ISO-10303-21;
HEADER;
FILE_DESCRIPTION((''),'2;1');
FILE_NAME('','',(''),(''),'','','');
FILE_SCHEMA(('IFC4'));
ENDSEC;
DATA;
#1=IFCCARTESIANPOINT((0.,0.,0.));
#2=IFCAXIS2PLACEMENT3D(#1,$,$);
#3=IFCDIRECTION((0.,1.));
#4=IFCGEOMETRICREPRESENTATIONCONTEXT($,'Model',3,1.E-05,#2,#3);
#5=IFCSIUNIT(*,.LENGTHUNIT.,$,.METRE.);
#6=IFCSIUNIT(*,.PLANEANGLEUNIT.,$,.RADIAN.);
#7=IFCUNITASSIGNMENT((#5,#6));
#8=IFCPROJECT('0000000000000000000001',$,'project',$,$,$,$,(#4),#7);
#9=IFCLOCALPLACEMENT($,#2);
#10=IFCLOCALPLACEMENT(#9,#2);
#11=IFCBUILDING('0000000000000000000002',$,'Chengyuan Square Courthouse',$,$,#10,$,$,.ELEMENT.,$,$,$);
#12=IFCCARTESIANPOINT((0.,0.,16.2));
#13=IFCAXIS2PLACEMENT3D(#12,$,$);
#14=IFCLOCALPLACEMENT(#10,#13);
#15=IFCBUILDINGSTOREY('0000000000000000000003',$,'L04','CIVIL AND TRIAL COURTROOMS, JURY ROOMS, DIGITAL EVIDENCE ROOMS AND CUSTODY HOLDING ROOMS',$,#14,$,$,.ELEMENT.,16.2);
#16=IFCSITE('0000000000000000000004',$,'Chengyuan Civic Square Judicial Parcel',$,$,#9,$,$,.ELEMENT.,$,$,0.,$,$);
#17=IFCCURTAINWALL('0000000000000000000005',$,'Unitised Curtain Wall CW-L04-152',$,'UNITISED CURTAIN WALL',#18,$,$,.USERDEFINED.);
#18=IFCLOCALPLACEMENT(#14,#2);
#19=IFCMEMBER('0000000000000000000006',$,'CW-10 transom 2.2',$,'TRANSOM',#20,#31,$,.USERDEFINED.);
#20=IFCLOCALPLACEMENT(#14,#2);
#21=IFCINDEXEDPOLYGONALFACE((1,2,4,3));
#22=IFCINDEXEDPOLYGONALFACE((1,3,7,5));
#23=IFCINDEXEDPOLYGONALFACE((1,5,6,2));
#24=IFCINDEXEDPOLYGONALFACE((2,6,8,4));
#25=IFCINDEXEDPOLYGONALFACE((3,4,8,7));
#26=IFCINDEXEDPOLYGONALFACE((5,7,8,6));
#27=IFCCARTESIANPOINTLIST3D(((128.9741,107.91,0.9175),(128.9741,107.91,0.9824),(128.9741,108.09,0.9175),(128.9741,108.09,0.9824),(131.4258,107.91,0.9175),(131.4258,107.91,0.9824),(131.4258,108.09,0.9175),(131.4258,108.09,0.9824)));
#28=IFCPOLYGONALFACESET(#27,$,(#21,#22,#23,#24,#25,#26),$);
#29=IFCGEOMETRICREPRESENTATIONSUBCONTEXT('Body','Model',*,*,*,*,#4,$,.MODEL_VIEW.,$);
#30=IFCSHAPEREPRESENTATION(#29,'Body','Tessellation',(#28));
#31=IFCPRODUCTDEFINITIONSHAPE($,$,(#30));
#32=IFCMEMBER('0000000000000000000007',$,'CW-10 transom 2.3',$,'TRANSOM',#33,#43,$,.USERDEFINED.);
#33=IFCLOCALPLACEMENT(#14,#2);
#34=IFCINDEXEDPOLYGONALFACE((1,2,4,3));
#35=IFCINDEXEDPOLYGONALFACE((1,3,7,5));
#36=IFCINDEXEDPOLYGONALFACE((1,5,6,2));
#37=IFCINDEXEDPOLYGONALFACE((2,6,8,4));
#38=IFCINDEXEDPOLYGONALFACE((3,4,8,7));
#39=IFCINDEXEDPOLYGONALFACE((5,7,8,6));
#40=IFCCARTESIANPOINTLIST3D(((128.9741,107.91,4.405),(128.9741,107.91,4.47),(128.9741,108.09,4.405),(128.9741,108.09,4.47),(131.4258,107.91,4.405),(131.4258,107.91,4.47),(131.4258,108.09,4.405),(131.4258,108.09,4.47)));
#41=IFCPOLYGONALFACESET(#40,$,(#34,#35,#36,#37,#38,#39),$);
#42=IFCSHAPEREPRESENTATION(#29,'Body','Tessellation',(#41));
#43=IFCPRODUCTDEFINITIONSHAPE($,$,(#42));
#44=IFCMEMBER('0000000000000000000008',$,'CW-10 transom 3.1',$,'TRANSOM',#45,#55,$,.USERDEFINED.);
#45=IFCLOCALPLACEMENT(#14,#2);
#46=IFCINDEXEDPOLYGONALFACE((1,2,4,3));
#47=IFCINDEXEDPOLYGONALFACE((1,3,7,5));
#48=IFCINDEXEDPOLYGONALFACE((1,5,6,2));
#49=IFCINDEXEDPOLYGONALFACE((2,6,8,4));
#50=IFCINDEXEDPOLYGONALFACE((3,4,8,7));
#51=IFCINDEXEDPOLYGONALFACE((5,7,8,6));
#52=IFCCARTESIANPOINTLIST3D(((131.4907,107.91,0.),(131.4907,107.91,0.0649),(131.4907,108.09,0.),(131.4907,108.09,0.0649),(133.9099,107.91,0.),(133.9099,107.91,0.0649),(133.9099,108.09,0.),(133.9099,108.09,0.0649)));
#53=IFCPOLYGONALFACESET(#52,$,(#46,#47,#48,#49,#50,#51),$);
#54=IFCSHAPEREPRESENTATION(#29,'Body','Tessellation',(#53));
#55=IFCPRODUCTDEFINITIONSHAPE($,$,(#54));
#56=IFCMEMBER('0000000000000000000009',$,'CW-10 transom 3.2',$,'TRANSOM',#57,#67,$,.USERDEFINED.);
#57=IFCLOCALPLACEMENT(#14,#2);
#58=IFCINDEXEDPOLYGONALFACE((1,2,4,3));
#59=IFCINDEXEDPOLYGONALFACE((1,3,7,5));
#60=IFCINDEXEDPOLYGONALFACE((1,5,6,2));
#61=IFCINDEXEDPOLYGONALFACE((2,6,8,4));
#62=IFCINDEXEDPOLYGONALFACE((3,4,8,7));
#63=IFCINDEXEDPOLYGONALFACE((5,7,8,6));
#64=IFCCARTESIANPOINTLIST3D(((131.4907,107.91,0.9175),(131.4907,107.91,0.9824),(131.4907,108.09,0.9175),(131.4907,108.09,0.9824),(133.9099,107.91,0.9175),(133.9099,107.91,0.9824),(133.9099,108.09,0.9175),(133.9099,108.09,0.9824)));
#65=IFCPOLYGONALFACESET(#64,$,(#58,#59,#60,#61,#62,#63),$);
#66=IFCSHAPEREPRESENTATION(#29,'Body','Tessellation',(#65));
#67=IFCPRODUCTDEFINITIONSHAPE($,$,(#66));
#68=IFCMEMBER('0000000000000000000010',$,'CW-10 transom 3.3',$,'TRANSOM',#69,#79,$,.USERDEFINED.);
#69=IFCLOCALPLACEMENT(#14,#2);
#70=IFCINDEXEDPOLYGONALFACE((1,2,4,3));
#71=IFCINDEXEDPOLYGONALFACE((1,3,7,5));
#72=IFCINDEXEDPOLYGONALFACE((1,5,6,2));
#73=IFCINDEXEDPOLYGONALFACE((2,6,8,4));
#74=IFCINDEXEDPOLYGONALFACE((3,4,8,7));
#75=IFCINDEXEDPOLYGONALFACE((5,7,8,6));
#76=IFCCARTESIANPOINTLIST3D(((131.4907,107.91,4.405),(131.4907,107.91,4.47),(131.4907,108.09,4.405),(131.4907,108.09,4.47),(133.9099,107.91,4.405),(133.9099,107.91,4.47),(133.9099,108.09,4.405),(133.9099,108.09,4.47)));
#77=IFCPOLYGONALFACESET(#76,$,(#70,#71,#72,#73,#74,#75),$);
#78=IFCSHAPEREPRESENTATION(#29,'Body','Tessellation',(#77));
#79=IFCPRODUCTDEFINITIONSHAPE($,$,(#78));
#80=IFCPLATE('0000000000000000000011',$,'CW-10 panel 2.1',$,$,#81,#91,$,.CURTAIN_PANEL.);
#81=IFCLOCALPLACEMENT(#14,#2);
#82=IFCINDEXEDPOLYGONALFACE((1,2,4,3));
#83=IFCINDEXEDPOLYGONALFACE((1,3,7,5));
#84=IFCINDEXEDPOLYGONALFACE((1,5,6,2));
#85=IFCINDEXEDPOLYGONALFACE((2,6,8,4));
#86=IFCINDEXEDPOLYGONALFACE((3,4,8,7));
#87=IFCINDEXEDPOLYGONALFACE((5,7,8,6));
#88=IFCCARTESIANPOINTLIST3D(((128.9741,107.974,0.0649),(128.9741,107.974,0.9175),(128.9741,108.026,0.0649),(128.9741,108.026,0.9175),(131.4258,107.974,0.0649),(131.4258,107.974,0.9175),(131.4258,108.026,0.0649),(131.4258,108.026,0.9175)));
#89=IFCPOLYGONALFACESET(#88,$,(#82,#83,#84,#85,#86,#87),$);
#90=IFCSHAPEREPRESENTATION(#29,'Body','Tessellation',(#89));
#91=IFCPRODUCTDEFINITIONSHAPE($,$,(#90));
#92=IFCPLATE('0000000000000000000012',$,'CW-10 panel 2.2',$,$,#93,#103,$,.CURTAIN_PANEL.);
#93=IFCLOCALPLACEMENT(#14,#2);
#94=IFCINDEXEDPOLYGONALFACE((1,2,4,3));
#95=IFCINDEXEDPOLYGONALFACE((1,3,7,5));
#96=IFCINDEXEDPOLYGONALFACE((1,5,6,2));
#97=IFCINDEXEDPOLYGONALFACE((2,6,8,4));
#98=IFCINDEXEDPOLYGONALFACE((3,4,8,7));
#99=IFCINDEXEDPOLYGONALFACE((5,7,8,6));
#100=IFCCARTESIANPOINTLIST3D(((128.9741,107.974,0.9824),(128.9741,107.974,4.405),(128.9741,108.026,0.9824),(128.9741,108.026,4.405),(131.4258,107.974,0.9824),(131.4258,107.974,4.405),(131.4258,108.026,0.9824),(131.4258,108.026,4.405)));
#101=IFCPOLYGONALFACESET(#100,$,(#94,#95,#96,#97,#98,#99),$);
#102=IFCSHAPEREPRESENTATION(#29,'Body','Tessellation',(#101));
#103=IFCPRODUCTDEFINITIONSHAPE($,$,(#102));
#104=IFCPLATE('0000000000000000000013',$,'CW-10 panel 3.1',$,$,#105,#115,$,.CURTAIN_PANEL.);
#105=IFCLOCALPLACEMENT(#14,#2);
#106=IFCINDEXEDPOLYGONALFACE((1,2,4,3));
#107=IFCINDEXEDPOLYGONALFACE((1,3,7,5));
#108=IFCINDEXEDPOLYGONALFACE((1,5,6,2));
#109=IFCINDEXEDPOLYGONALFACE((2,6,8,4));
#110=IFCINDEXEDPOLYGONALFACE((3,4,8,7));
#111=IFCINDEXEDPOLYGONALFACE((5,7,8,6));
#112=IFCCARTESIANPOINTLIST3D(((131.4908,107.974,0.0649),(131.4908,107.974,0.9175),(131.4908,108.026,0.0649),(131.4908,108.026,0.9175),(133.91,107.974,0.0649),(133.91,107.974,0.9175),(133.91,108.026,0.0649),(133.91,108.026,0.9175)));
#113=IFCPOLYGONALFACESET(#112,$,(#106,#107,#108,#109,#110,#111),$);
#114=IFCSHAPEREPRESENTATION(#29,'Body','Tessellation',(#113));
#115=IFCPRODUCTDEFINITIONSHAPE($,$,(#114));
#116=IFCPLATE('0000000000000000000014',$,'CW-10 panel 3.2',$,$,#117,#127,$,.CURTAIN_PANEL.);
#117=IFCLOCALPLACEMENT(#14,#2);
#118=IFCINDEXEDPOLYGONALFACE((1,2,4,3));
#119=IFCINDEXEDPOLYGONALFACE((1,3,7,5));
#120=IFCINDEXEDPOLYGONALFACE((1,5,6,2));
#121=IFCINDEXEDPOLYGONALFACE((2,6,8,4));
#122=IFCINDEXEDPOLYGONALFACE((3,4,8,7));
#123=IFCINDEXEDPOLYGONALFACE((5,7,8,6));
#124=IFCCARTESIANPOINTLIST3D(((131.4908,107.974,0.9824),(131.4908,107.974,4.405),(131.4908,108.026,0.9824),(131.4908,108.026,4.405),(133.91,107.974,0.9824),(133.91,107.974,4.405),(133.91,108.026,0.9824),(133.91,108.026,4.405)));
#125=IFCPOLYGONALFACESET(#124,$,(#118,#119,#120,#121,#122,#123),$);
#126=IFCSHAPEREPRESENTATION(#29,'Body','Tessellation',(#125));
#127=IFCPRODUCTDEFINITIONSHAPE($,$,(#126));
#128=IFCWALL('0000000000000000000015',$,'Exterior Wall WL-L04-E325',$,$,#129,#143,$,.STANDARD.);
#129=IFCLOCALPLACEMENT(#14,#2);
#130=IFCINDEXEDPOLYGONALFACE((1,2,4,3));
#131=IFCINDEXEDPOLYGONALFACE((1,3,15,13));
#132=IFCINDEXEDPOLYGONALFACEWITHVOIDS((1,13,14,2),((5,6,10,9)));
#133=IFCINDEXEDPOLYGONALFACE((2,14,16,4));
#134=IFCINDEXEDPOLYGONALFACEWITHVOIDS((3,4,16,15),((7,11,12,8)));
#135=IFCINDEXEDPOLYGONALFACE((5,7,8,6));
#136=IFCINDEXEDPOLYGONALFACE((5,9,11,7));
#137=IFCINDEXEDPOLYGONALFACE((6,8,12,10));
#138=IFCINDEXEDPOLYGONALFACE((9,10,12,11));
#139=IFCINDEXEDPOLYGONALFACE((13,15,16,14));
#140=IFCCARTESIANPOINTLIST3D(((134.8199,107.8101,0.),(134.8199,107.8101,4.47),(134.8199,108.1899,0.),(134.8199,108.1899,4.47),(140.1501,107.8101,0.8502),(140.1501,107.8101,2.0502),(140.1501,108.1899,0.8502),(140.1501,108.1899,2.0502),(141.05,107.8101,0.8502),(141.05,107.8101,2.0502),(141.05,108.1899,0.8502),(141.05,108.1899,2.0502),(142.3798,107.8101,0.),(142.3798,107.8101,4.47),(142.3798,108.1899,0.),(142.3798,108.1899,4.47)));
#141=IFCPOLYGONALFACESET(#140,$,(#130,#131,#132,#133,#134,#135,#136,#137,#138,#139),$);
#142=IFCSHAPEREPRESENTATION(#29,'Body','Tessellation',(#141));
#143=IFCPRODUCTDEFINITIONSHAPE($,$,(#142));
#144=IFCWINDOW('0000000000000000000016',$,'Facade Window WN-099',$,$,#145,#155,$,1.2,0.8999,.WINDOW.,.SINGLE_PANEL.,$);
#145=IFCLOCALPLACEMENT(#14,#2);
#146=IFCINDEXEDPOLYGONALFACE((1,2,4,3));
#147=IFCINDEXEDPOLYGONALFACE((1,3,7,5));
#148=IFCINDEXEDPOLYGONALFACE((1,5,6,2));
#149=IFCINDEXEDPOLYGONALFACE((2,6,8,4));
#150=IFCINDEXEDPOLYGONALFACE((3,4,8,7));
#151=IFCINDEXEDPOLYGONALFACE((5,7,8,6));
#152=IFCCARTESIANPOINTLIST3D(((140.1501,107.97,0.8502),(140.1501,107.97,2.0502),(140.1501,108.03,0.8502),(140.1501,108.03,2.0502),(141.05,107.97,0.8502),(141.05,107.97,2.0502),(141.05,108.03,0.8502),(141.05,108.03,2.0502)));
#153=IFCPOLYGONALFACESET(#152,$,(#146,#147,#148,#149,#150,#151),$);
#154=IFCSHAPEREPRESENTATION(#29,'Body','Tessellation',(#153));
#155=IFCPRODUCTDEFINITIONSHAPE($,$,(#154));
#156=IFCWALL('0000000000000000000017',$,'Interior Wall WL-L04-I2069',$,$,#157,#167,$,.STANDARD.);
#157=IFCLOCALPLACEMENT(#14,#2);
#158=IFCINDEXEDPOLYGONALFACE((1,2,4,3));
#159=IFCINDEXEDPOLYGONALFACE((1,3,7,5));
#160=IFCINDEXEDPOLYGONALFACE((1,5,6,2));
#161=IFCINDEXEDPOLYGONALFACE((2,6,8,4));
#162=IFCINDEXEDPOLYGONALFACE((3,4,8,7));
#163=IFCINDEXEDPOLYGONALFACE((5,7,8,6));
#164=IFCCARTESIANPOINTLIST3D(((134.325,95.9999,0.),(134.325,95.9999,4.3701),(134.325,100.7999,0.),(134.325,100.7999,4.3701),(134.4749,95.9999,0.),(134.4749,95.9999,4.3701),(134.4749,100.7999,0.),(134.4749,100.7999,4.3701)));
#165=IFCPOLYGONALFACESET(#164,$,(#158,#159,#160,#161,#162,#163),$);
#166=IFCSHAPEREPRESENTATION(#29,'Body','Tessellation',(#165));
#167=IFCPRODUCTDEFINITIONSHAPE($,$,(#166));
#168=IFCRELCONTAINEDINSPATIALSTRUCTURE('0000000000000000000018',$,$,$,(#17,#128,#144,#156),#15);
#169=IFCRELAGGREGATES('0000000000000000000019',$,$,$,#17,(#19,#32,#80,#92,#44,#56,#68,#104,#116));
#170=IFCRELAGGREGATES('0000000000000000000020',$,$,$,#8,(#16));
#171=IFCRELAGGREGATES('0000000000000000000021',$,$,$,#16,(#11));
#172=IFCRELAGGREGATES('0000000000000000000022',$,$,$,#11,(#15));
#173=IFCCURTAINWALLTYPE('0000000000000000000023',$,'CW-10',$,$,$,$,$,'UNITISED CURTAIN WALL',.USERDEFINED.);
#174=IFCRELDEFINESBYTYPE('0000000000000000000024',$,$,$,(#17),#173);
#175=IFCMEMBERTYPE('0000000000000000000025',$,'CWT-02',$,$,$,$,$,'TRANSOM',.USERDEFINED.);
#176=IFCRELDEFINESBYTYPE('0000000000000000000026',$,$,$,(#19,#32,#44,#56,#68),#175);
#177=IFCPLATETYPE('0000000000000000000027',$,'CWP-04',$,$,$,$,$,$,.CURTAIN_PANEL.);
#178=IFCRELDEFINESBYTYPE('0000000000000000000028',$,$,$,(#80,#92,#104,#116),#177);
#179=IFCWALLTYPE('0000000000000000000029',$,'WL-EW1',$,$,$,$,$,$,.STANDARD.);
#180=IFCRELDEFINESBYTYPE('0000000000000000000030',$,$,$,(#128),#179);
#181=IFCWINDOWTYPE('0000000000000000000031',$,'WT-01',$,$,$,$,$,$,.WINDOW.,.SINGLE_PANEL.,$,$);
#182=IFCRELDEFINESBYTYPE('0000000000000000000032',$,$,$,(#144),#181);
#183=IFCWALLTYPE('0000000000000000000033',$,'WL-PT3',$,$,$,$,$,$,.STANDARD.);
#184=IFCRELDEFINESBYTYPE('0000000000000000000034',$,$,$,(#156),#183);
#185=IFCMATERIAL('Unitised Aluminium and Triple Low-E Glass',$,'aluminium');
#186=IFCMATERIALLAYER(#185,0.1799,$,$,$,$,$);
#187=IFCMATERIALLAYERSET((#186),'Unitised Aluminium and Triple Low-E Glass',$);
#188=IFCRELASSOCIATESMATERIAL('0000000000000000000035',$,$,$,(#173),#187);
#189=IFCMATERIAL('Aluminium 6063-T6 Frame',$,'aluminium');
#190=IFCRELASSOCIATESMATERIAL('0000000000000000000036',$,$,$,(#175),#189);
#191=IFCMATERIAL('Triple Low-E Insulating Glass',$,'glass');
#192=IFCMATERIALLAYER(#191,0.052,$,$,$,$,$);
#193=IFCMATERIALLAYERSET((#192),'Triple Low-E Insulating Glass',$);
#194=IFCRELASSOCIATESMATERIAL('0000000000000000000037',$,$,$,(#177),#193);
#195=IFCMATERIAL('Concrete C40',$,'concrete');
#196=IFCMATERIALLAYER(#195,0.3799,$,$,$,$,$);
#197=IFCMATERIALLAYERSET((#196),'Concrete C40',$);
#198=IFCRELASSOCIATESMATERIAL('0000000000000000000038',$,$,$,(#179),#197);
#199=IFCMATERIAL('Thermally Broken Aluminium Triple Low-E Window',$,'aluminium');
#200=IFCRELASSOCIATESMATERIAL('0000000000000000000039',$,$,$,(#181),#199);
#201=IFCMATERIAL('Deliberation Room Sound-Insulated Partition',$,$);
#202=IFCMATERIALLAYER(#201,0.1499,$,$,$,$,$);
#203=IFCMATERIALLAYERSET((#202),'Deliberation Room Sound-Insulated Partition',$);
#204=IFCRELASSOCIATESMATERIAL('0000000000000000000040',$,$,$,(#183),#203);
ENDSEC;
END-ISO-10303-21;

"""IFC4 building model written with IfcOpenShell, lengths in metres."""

from ifc_helpers import new_model, si_unit, direction, frame, frame_2d, origin, origin_2d, place, context, subcontext, project, spatial, rectangle, extrude, material, layer, layer_set, material_profile, profile_set, type_object, element, fill, aggregate, save


model = new_model("IFC4")

# Units and contexts
model_context = context("Model", 3, precision=1e-05, world=origin(), true_north=direction((0.0, 1.0)))
body_context = subcontext(model_context, "Body", "Model", "MODEL_VIEW")
ifc_project = project(units=[si_unit("LENGTHUNIT", "METRE"), si_unit("PLANEANGLEUNIT", "RADIAN")], contexts=[model_context])

# Site, building, storey
site_placement = place(None, origin())
site = spatial("IfcSite", under=ifc_project, at=site_placement, Name="Chengyuan Civic Square Judicial Parcel", CompositionType="ELEMENT", RefElevation=0.0)
building_placement = place(site_placement, origin())
building = spatial("IfcBuilding", under=site, at=building_placement, Name="Chengyuan Square Courthouse", CompositionType="ELEMENT")
storey_placement = place(building_placement, frame((0.0, 0.0, 16.2)))
storey = spatial("IfcBuildingStorey", under=building, at=storey_placement, Name="L04", Description="CIVIL AND TRIAL COURTROOMS, JURY ROOMS, DIGITAL EVIDENCE ROOMS AND CUSTODY HOLDING ROOMS", CompositionType="ELEMENT", Elevation=16.2)

# Shared definitions
ifc_material_1 = material(Name="Concrete C40", Category="concrete")

# Curtain wall, members, plates
ifc_material_2 = material(Name="Unitised Aluminium and Triple Low-E Glass", Category="aluminium")
ifc_layer_1 = layer(ifc_material_2, 0.1799)
ifc_layer_set_1 = layer_set([ifc_layer_1], Name="Unitised Aluminium and Triple Low-E Glass")
curtain_wall_type = type_object("IfcCurtainWallType", Name="CW-10", ElementType="UNITISED CURTAIN WALL", PredefinedType="USERDEFINED", material=ifc_layer_set_1)
curtain_wall_placement = place(storey_placement, origin())
curtain_wall = element("IfcCurtainWall", 1, at=curtain_wall_placement, inside=storey, type_object=curtain_wall_type, Name="Unitised Curtain Wall CW-L04-152", ObjectType="UNITISED CURTAIN WALL", PredefinedType="USERDEFINED")
ifc_material_3 = material(Name="Aluminium 6063-T6 Frame", Category="aluminium")
ifc_material_profile_1 = material_profile(ifc_material_3, rectangle(XDim=0.1799, YDim=0.0649, at=origin_2d()), Name="CW-TRN-65x140")
ifc_profile_set_1 = profile_set([ifc_material_profile_1], Name="Aluminium 6063-T6 Frame")
member_type_1 = type_object("IfcMemberType", Name="CWT-02", ElementType="TRANSOM", PredefinedType="USERDEFINED", material=ifc_profile_set_1)
member_1_placement = place(storey_placement, frame((128.9741, 108.0, 0.95), z_axis=(1.0, 0.0, 0.0), x_axis=(0.0, 1.0, 0.0)))
member_1 = element("IfcMember", 2, at=member_1_placement, type_object=member_type_1, Name="CW-10 transom 2.2", ObjectType="TRANSOM", PredefinedType="USERDEFINED", context=body_context, shape_type="SweptSolid", body=[
    extrude(rectangle(XDim=0.1799, YDim=0.0649, at=origin_2d()), origin(), (0.0, 0.0, 1.0), 2.4517),
])
member_2_placement = place(storey_placement, frame((128.9741, 108.0, 4.4375), z_axis=(1.0, 0.0, 0.0), x_axis=(0.0, 1.0, 0.0)))
member_2 = element("IfcMember", 3, at=member_2_placement, type_object=member_type_1, Name="CW-10 transom 2.3", ObjectType="TRANSOM", PredefinedType="USERDEFINED", context=body_context, shape_type="SweptSolid", body=[
    extrude(rectangle(XDim=0.1799, YDim=0.0649, at=origin_2d()), origin(), (0.0, 0.0, 1.0), 2.4517),
])
member_3_placement = place(storey_placement, frame((131.4907, 108.0, 0.0325), z_axis=(1.0, 0.0, 0.0), x_axis=(0.0, 1.0, 0.0)))
member_3 = element("IfcMember", 4, at=member_3_placement, type_object=member_type_1, Name="CW-10 transom 3.1", ObjectType="TRANSOM", PredefinedType="USERDEFINED", context=body_context, shape_type="SweptSolid", body=[
    extrude(rectangle(XDim=0.1799, YDim=0.0649, at=origin_2d()), origin(), (0.0, 0.0, 1.0), 2.4192),
])
member_4_placement = place(storey_placement, frame((131.4907, 108.0, 0.95), z_axis=(1.0, 0.0, 0.0), x_axis=(0.0, 1.0, 0.0)))
member_4 = element("IfcMember", 5, at=member_4_placement, type_object=member_type_1, Name="CW-10 transom 3.2", ObjectType="TRANSOM", PredefinedType="USERDEFINED", context=body_context, shape_type="SweptSolid", body=[
    extrude(rectangle(XDim=0.1799, YDim=0.0649, at=origin_2d()), origin(), (0.0, 0.0, 1.0), 2.4192),
])
member_5_placement = place(storey_placement, frame((131.4907, 108.0, 4.4375), z_axis=(1.0, 0.0, 0.0), x_axis=(0.0, 1.0, 0.0)))
member_5 = element("IfcMember", 6, at=member_5_placement, type_object=member_type_1, Name="CW-10 transom 3.3", ObjectType="TRANSOM", PredefinedType="USERDEFINED", context=body_context, shape_type="SweptSolid", body=[
    extrude(rectangle(XDim=0.1799, YDim=0.0649, at=origin_2d()), origin(), (0.0, 0.0, 1.0), 2.4192),
])
ifc_material_4 = material(Name="Triple Low-E Insulating Glass", Category="glass")
ifc_layer_2 = layer(ifc_material_4, 0.052)
ifc_layer_set_2 = layer_set([ifc_layer_2], Name="Triple Low-E Insulating Glass")
plate_type = type_object("IfcPlateType", Name="CWP-04", PredefinedType="CURTAIN_PANEL", material=ifc_layer_set_2)
plate_1_placement = place(storey_placement, frame((130.2, 108.0, 0.0649), z_axis=(0.0, 0.0, 1.0), x_axis=(1.0, 0.0, 0.0)))
plate_1 = element("IfcPlate", 7, at=plate_1_placement, type_object=plate_type, Name="CW-10 panel 2.1", PredefinedType="CURTAIN_PANEL", context=body_context, shape_type="SweptSolid", body=[
    extrude(rectangle(XDim=2.4517, YDim=0.052, at=origin_2d()), origin(), (0.0, 0.0, 1.0), 0.8525),
])
plate_2_placement = place(storey_placement, frame((130.2, 108.0, 0.9824), z_axis=(0.0, 0.0, 1.0), x_axis=(1.0, 0.0, 0.0)))
plate_2 = element("IfcPlate", 8, at=plate_2_placement, type_object=plate_type, Name="CW-10 panel 2.2", PredefinedType="CURTAIN_PANEL", context=body_context, shape_type="SweptSolid", body=[
    extrude(rectangle(XDim=2.4517, YDim=0.052, at=origin_2d()), origin(), (0.0, 0.0, 1.0), 3.4226),
])
plate_3_placement = place(storey_placement, frame((132.7004, 108.0, 0.0649), z_axis=(0.0, 0.0, 1.0), x_axis=(1.0, 0.0, 0.0)))
plate_3 = element("IfcPlate", 9, at=plate_3_placement, type_object=plate_type, Name="CW-10 panel 3.1", PredefinedType="CURTAIN_PANEL", context=body_context, shape_type="SweptSolid", body=[
    extrude(rectangle(XDim=2.4192, YDim=0.052, at=origin_2d()), origin(), (0.0, 0.0, 1.0), 0.8525),
])
plate_4_placement = place(storey_placement, frame((132.7004, 108.0, 0.9824), z_axis=(0.0, 0.0, 1.0), x_axis=(1.0, 0.0, 0.0)))
plate_4 = element("IfcPlate", 10, at=plate_4_placement, type_object=plate_type, Name="CW-10 panel 3.2", PredefinedType="CURTAIN_PANEL", context=body_context, shape_type="SweptSolid", body=[
    extrude(rectangle(XDim=2.4192, YDim=0.052, at=origin_2d()), origin(), (0.0, 0.0, 1.0), 3.4226),
])
aggregate(curtain_wall, [member_1, member_2, plate_1, plate_2, member_3, member_4, member_5, plate_3, plate_4])

# Wall, opening, window
ifc_layer_3 = layer(ifc_material_1, 0.3799)
ifc_layer_set_3 = layer_set([ifc_layer_3], Name="Concrete C40")
wall_type_1 = type_object("IfcWallType", Name="WL-EW1", PredefinedType="STANDARD", material=ifc_layer_set_3)
wall_1_placement = place(storey_placement, frame((134.8201, 108.0, 0.0), z_axis=(0.0, 0.0, 1.0), x_axis=(1.0, 0.0, 0.0)))
wall_1 = element("IfcWall", 11, at=wall_1_placement, inside=storey, type_object=wall_type_1, Name="Exterior Wall WL-L04-E325", PredefinedType="STANDARD", context=body_context, shape_type="SweptSolid", body=[
    extrude(rectangle(XDim=7.5598, YDim=0.3799, at=frame_2d((3.7798, 0.0))), origin(), (0.0, 0.0, 1.0), 4.47),
])
opening_1_placement = place(wall_1_placement, frame((5.3301, 0.0, 0.8501)))
opening_1 = element("IfcOpeningElement", 12, at=opening_1_placement, cuts=wall_1, PredefinedType="OPENING", context=body_context, shape_type="SweptSolid", body=[
    extrude(rectangle(XDim=0.8999, YDim=1.2, at=frame_2d((0.45, 0.6001))), frame((0.0, 0.2019, 0.0), z_axis=(0.0, -1.0, 0.0), x_axis=(1.0, 0.0, 0.0)), (0.0, 0.0, 1.0), 0.4038),
])
ifc_material_5 = material(Name="Thermally Broken Aluminium Triple Low-E Window", Category="aluminium")
window_type = type_object("IfcWindowType", Name="WT-01", PartitioningType="SINGLE_PANEL", PredefinedType="WINDOW", material=ifc_material_5)
window_placement = place(opening_1_placement, origin())
window = element("IfcWindow", 13, at=window_placement, inside=storey, type_object=window_type, Name="Facade Window WN-099", OverallHeight=1.2, OverallWidth=0.8999, PartitioningType="SINGLE_PANEL", PredefinedType="WINDOW", context=body_context, shape_type="SweptSolid", body=[
    extrude(rectangle(XDim=0.8999, YDim=1.2, at=frame_2d((0.45, 0.6001))), frame((0.0, 0.03, 0.0), z_axis=(0.0, -1.0, 0.0), x_axis=(1.0, 0.0, 0.0)), (0.0, 0.0, 1.0), 0.0601),
])
fill(opening_1, window)

# Wall
ifc_material_6 = material(Name="Deliberation Room Sound-Insulated Partition")
ifc_layer_4 = layer(ifc_material_6, 0.1499)
ifc_layer_set_4 = layer_set([ifc_layer_4], Name="Deliberation Room Sound-Insulated Partition")
wall_type_2 = type_object("IfcWallType", Name="WL-PT3", PredefinedType="STANDARD", material=ifc_layer_set_4)
wall_2_placement = place(storey_placement, frame((134.3999, 96.0, 0.0), z_axis=(0.0, 0.0, 1.0), x_axis=(0.0, 1.0, 0.0)))
element("IfcWall", 14, at=wall_2_placement, inside=storey, type_object=wall_type_2, Name="Interior Wall WL-L04-I2069", PredefinedType="STANDARD", context=body_context, shape_type="SweptSolid", body=[
    extrude(rectangle(XDim=4.8, YDim=0.1499, at=frame_2d((2.3999, 0.0))), origin(), (0.0, 0.0, 1.0), 4.3701),
])

save(model, "model.ifc")
